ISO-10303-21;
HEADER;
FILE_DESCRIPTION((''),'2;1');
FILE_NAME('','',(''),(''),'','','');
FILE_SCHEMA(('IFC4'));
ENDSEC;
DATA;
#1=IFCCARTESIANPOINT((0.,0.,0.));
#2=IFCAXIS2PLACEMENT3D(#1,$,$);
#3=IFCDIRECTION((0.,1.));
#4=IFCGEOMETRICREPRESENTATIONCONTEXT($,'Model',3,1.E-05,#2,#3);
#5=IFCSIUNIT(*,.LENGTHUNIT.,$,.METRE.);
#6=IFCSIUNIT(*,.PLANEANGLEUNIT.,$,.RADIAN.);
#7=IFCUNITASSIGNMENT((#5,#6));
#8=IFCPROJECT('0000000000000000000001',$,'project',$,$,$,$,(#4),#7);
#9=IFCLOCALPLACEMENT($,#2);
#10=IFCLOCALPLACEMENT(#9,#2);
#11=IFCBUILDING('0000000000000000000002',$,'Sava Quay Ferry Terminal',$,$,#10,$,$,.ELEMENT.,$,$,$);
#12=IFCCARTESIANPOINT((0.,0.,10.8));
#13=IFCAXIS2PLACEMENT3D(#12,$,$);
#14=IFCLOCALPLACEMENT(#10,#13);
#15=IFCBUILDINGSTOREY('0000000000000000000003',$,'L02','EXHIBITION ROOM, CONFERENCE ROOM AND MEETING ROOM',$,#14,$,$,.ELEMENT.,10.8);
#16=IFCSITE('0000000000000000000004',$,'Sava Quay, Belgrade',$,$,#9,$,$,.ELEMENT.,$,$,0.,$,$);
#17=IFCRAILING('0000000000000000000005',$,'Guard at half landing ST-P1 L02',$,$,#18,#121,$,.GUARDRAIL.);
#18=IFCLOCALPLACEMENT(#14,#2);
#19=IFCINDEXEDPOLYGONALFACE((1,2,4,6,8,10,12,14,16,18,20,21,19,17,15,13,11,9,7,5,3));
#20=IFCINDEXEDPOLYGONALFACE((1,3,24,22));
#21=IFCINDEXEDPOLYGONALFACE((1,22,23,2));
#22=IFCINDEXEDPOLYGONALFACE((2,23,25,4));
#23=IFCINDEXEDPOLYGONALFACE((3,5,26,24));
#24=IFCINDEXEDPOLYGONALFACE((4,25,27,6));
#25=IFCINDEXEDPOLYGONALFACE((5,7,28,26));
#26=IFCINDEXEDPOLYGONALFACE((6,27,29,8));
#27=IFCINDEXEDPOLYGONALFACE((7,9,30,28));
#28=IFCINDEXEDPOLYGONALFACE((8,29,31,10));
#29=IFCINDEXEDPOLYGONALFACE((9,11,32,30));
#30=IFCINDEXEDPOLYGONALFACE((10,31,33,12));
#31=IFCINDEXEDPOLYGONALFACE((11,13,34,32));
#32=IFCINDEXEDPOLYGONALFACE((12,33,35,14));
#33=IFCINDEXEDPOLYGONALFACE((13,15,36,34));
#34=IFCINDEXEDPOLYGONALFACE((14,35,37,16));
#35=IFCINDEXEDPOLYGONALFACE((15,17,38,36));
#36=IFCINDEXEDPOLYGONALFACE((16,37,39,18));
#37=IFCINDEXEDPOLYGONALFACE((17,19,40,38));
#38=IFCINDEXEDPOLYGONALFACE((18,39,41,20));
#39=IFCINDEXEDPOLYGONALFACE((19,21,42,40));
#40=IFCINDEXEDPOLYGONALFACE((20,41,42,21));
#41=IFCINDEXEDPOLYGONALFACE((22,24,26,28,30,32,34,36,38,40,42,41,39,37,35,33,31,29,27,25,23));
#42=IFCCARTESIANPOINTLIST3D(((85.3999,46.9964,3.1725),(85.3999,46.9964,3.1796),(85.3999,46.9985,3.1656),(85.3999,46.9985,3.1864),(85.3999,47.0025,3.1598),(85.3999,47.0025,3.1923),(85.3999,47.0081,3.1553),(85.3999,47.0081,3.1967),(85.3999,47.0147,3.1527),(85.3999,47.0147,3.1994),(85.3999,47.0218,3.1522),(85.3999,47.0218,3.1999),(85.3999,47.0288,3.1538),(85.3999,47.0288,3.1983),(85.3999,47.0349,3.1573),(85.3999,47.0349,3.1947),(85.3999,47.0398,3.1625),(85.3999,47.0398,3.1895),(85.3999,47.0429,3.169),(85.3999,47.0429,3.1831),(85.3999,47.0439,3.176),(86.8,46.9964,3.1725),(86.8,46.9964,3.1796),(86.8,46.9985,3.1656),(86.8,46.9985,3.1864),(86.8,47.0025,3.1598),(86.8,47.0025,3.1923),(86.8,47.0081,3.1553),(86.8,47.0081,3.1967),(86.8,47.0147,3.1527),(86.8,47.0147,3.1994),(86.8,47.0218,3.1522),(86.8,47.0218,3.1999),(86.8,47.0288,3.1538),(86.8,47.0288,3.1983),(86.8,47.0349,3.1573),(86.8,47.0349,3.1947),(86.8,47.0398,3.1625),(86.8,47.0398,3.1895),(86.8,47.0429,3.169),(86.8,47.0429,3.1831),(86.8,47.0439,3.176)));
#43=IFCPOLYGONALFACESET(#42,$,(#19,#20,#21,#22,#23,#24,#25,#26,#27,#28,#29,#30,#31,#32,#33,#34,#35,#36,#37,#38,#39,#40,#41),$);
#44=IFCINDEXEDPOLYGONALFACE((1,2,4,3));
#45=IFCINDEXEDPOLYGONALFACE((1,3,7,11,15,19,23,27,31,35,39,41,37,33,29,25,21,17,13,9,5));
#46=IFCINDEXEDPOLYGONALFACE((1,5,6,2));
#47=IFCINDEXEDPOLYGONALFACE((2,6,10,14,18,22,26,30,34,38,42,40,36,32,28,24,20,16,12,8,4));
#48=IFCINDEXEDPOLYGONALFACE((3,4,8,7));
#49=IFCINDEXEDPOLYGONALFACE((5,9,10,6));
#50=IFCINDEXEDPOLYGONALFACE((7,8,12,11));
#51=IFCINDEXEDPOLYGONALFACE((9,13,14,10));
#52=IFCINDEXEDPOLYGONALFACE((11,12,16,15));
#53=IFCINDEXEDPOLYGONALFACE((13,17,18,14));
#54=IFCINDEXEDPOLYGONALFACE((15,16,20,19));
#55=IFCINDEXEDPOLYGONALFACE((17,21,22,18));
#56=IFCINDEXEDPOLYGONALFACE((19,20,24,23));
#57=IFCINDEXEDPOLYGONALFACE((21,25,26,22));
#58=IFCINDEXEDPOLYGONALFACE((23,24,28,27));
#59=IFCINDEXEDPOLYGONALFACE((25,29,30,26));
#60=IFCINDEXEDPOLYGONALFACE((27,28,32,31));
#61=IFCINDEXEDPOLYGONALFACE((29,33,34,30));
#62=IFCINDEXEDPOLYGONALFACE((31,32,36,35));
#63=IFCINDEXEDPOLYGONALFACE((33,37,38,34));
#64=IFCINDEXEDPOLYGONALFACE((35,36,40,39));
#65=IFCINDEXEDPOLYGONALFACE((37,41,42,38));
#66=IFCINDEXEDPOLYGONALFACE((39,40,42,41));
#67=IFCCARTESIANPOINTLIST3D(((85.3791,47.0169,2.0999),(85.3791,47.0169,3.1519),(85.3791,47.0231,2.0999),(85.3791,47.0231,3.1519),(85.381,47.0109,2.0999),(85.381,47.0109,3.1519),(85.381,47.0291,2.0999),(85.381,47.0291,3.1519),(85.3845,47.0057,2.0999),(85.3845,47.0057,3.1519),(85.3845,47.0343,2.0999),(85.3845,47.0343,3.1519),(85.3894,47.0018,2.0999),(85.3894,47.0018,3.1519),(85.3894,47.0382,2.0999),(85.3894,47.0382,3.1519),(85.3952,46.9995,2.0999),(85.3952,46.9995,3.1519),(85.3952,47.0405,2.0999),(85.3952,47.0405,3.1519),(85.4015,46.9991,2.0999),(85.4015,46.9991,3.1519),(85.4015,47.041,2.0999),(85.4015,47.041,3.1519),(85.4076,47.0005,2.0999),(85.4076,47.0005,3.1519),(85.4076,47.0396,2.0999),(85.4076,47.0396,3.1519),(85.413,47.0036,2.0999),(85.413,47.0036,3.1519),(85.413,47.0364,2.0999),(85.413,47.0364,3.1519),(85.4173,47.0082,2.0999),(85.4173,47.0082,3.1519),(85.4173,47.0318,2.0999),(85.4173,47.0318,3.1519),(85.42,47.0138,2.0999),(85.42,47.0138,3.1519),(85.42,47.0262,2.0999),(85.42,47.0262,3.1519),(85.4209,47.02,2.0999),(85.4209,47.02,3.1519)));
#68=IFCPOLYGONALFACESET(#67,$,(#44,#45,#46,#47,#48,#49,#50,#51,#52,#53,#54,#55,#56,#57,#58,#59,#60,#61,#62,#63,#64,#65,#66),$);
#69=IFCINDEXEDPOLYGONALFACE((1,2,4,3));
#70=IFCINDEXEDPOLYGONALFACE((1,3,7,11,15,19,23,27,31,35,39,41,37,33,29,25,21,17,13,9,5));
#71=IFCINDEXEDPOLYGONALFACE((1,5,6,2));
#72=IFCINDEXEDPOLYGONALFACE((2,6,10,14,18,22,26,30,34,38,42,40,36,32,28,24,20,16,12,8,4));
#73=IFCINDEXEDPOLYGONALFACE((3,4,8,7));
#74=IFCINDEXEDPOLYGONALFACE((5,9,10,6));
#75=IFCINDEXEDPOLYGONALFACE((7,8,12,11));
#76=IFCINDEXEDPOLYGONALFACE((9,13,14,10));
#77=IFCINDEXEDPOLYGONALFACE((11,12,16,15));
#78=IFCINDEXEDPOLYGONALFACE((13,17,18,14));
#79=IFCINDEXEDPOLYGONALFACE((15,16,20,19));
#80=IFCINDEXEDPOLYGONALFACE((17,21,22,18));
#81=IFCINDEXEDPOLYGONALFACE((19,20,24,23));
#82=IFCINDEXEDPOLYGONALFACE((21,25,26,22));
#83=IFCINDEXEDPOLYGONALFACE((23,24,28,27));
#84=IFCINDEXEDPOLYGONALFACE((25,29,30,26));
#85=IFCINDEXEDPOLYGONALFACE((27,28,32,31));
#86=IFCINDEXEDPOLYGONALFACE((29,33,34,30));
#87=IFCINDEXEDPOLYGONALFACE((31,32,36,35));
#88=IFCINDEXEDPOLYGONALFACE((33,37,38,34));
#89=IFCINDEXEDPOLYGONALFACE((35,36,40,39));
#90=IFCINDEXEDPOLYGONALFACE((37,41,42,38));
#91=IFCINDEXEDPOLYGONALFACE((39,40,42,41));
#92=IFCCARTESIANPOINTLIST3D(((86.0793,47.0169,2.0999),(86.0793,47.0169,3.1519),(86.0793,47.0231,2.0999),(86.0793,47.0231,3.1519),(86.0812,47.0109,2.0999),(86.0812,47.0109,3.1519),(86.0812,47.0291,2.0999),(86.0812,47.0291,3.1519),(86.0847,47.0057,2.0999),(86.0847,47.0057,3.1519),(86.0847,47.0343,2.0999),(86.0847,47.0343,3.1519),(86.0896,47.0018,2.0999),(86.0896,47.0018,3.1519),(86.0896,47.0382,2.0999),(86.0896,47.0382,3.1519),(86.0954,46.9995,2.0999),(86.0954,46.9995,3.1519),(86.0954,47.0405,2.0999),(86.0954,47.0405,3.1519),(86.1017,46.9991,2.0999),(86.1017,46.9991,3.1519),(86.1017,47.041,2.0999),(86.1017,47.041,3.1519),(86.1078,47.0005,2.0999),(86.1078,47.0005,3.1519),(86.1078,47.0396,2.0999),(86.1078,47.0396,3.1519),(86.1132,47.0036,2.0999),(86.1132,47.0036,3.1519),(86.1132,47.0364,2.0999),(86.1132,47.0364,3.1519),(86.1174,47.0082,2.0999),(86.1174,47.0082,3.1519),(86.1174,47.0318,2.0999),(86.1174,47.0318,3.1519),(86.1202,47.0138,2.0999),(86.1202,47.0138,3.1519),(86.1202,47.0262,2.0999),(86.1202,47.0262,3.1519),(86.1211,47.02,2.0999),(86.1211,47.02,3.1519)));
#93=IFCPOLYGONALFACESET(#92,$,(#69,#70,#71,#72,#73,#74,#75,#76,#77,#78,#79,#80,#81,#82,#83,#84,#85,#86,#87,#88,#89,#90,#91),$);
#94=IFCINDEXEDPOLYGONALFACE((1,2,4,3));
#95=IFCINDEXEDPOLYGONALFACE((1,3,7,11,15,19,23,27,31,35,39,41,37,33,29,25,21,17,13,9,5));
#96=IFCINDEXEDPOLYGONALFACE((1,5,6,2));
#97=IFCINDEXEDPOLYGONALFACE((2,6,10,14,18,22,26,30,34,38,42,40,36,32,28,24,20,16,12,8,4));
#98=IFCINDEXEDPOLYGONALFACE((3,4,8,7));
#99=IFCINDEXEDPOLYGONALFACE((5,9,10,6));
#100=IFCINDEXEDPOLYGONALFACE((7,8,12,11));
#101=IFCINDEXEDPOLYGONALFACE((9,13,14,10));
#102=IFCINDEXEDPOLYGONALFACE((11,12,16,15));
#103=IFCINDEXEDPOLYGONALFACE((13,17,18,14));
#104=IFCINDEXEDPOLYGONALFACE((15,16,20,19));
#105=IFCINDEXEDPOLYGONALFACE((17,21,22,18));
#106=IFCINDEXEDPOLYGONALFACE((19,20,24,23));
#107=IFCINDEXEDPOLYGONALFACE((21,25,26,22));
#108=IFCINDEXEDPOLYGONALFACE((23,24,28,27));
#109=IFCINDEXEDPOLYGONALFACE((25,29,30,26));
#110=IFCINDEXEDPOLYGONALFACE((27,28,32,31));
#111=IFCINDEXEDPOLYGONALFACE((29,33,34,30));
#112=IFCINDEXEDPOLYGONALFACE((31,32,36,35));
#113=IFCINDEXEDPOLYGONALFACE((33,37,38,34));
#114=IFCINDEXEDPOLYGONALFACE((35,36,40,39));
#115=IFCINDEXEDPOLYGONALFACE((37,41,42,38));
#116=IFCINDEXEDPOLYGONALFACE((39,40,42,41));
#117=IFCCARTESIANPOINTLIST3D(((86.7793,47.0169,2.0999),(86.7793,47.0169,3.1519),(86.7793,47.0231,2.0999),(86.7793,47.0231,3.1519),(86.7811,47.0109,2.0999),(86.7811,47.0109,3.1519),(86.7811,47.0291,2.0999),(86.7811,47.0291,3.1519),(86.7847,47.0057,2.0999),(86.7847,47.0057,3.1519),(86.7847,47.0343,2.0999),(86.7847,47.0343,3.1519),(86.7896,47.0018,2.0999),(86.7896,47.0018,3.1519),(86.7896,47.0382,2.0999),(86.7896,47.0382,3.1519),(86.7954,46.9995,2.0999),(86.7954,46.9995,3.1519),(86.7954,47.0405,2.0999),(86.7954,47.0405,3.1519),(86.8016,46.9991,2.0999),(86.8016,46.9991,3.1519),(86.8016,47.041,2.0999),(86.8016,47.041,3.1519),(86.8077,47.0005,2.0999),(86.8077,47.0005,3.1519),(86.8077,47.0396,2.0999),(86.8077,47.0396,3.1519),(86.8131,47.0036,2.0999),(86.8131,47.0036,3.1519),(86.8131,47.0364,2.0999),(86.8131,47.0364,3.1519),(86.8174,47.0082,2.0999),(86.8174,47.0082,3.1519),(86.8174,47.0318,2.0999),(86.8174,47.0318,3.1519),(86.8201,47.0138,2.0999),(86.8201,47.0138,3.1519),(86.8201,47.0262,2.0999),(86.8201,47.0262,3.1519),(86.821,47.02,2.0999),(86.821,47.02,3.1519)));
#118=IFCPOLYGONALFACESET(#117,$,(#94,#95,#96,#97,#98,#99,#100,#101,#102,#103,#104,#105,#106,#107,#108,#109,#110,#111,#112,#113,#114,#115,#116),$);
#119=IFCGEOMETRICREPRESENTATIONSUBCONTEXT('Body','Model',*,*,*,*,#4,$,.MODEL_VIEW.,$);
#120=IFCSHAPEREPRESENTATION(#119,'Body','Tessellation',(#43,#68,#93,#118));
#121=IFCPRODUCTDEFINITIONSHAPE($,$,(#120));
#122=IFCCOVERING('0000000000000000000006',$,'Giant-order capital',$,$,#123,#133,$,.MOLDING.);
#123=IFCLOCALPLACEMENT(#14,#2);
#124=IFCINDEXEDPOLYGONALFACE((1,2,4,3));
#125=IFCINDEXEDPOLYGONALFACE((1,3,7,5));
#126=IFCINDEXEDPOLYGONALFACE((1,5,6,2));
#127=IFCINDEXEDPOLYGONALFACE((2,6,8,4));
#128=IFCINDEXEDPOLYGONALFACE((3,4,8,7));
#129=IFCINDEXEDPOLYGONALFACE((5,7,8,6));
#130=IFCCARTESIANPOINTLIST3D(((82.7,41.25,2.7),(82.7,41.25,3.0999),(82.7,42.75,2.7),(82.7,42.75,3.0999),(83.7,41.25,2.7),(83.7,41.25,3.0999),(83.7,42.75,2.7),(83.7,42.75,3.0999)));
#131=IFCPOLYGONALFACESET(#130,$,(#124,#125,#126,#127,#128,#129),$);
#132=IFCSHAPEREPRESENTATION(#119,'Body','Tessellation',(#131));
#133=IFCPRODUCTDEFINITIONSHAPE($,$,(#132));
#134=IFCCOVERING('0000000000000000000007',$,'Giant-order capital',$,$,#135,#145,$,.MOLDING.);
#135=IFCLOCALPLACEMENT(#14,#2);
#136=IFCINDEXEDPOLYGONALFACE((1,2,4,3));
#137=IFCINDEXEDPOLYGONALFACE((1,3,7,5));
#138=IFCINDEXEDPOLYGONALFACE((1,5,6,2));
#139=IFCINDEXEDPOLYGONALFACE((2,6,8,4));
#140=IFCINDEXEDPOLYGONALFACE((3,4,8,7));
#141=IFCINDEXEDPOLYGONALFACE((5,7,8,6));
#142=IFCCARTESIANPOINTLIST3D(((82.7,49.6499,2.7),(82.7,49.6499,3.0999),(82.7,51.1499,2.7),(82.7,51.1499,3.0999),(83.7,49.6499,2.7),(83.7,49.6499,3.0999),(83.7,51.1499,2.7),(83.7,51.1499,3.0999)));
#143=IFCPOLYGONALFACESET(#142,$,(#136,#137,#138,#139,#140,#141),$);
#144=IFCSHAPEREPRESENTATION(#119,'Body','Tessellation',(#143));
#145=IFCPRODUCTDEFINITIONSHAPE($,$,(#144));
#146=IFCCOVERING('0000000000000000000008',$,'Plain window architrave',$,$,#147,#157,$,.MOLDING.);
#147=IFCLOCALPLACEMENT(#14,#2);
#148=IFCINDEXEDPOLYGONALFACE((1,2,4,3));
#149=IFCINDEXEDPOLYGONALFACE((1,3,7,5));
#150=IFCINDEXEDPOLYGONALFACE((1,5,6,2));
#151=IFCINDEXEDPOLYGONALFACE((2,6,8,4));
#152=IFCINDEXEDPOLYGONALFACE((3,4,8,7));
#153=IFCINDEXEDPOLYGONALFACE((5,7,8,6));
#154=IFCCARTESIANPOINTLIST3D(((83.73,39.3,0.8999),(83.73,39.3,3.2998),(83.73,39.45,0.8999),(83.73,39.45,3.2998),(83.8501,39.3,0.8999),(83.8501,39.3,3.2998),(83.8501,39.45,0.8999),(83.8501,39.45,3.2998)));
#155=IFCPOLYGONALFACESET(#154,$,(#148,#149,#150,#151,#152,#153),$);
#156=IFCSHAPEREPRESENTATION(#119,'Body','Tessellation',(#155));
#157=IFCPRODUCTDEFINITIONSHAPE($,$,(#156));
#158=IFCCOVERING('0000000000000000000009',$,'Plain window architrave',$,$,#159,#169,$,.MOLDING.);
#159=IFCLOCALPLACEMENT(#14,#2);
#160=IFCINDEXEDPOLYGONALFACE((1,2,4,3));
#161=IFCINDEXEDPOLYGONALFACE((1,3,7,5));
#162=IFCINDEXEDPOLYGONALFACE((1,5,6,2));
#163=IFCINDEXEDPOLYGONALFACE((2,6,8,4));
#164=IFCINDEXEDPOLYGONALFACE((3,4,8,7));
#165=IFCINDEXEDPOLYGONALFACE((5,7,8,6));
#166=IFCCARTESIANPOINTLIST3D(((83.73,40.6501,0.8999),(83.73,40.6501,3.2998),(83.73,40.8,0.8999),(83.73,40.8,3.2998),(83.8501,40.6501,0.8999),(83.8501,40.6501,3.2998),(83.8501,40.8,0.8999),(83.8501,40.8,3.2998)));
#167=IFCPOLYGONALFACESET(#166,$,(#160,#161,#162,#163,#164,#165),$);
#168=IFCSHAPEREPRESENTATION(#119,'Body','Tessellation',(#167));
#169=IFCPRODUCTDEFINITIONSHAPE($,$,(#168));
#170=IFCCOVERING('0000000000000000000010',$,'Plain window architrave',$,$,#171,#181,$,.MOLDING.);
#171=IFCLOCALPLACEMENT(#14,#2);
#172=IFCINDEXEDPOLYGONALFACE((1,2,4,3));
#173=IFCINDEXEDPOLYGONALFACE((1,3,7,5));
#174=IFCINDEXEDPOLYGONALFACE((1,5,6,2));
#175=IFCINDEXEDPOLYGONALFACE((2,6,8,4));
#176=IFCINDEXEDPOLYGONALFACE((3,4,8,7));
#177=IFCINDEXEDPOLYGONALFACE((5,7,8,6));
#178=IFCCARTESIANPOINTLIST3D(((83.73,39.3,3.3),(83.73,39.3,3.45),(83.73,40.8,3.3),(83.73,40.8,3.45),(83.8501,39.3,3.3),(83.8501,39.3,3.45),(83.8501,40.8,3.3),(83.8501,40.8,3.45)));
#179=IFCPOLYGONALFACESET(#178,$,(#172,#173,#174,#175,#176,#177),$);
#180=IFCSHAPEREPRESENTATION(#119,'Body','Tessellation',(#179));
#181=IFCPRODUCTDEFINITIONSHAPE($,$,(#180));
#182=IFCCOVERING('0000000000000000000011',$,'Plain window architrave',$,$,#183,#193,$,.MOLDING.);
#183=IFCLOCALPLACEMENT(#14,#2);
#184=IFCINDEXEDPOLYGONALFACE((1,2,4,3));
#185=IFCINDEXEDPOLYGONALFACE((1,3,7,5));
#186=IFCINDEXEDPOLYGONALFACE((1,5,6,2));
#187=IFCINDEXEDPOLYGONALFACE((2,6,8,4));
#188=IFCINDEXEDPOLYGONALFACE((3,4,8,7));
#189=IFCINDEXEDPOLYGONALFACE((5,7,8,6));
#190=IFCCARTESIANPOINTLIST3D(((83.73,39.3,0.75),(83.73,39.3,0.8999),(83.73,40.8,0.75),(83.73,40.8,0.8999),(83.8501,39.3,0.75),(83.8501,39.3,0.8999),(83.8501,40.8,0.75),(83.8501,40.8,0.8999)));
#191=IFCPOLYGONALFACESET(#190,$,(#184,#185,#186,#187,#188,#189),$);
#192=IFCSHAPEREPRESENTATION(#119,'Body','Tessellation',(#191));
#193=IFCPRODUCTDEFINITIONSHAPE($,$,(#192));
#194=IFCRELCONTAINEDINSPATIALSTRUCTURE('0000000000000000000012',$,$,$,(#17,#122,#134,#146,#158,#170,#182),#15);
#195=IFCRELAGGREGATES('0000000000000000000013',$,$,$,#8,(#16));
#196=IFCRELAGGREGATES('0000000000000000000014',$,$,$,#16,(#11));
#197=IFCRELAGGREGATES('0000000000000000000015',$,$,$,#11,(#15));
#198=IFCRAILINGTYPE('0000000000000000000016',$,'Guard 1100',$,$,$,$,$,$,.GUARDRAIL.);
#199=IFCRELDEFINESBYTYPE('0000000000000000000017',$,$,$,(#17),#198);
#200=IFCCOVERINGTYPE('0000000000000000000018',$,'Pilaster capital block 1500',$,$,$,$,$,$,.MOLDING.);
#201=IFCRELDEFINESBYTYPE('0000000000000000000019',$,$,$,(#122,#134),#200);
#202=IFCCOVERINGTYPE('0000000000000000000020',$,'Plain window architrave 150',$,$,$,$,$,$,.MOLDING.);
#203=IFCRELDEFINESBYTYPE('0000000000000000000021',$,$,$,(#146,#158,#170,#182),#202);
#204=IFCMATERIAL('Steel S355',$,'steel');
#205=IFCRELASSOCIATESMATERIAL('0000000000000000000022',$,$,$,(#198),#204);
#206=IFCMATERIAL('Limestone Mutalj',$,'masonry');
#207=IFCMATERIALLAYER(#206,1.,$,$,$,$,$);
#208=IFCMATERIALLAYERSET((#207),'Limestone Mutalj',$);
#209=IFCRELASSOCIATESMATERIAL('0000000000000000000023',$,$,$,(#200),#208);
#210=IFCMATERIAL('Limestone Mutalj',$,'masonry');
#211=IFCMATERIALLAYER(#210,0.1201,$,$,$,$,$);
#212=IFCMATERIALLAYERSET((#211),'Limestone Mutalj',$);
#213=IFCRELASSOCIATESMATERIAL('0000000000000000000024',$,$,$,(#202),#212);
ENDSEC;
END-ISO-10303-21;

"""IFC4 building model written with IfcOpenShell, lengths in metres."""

from ifc_helpers import new_model, si_unit, direction, frame, origin, origin_2d, place, context, subcontext, project, spatial, rectangle, circle, extrude, material, layer, layer_set, type_object, element, save


model = new_model("IFC4")

# Units and contexts
model_context = context("Model", 3, precision=1e-05, world=origin(), true_north=direction((0.0, 1.0)))
body_context = subcontext(model_context, "Body", "Model", "MODEL_VIEW")
ifc_project = project(units=[si_unit("LENGTHUNIT", "METRE"), si_unit("PLANEANGLEUNIT", "RADIAN")], contexts=[model_context])

# Site, building, storey
site_placement = place(None, origin())
site = spatial("IfcSite", under=ifc_project, at=site_placement, Name="Sava Quay, Belgrade", CompositionType="ELEMENT", RefElevation=0.0)
building_placement = place(site_placement, origin())
building = spatial("IfcBuilding", under=site, at=building_placement, Name="Sava Quay Ferry Terminal", CompositionType="ELEMENT")
storey_placement = place(building_placement, frame((0.0, 0.0, 10.8)))
storey = spatial("IfcBuildingStorey", under=building, at=storey_placement, Name="L02", Description="EXHIBITION ROOM, CONFERENCE ROOM AND MEETING ROOM", CompositionType="ELEMENT", Elevation=10.8)

# Railing
ifc_material_1 = material(Name="Steel S355", Category="steel")
railing_type_1 = type_object("IfcRailingType", Name="Guard 1100", PredefinedType="GUARDRAIL", material=ifc_material_1)
railing_1_placement = place(storey_placement, frame((85.3999, 47.02, 2.0999)))
element("IfcRailing", 1, at=railing_1_placement, inside=storey, type_object=railing_type_1, Name="Guard at half landing ST-P1 L02", PredefinedType="GUARDRAIL", context=body_context, shape_type="SweptSolid", body=[
    extrude(circle(Radius=0.0239, at=origin_2d()), frame((0.0, 0.0, 1.0762), z_axis=(1.0, 0.0, 0.0), x_axis=(0.0, 1.0, 0.0)), (0.0, 0.0, 1.0), 1.4001),
    extrude(circle(Radius=0.021, at=origin_2d()), origin(), (0.0, 0.0, 1.0), 1.052),
    extrude(circle(Radius=0.021, at=origin_2d()), frame((0.7002, 0.0, 0.0)), (0.0, 0.0, 1.0), 1.052),
    extrude(circle(Radius=0.021, at=origin_2d()), frame((1.4001, 0.0, 0.0)), (0.0, 0.0, 1.0), 1.052),
])

# Coverings
ifc_material_2 = material(Name="Limestone Mutalj", Category="masonry")
ifc_layer_1 = layer(ifc_material_2, 1.0)
ifc_layer_set_1 = layer_set([ifc_layer_1], Name="Limestone Mutalj")
covering_type_1 = type_object("IfcCoveringType", Name="Pilaster capital block 1500", PredefinedType="MOLDING", material=ifc_layer_set_1)
for number, where, z_axis, x_axis, name in (
    (2, (83.2, 42.0, 2.7), (0.0, 0.0, 1.0), (1.0, 0.0, 0.0), "Giant-order capital"),
    (3, (83.2, 50.3999, 2.7), (0.0, 0.0, 1.0), (1.0, 0.0, 0.0), "Giant-order capital"),
):
    element("IfcCovering", number, at=place(storey_placement, frame(where, z_axis=z_axis, x_axis=x_axis)), inside=storey, type_object=covering_type_1, Name=name, PredefinedType="MOLDING", context=body_context, shape_type="SweptSolid", body=[
        extrude(rectangle(XDim=1.0, YDim=1.5, at=origin_2d()), origin(), (0.0, 0.0, 1.0), 0.3999),
    ])
ifc_material_3 = material(Name="Limestone Mutalj", Category="masonry")
ifc_layer_2 = layer(ifc_material_3, 0.1201)
ifc_layer_set_2 = layer_set([ifc_layer_2], Name="Limestone Mutalj")
covering_type_2 = type_object("IfcCoveringType", Name="Plain window architrave 150", PredefinedType="MOLDING", material=ifc_layer_set_2)
for number, where, z_axis, x_axis, name in (
    (4, (83.79, 39.375, 0.8999), (0.0, 0.0, 1.0), (1.0, 0.0, 0.0), "Plain window architrave"),
    (5, (83.79, 40.7251, 0.8999), (0.0, 0.0, 1.0), (1.0, 0.0, 0.0), "Plain window architrave"),
):
    element("IfcCovering", number, at=place(storey_placement, frame(where, z_axis=z_axis, x_axis=x_axis)), inside=storey, type_object=covering_type_2, Name=name, PredefinedType="MOLDING", context=body_context, shape_type="SweptSolid", body=[
        extrude(rectangle(XDim=0.1201, YDim=0.1499, at=origin_2d()), origin(), (0.0, 0.0, 1.0), 2.3999),
    ])
for number, where, z_axis, x_axis, name in (
    (6, (83.79, 40.05, 3.3), (0.0, 0.0, 1.0), (1.0, 0.0, 0.0), "Plain window architrave"),
    (7, (83.79, 40.05, 0.75), (0.0, 0.0, 1.0), (1.0, 0.0, 0.0), "Plain window architrave"),
):
    element("IfcCovering", number, at=place(storey_placement, frame(where, z_axis=z_axis, x_axis=x_axis)), inside=storey, type_object=covering_type_2, Name=name, PredefinedType="MOLDING", context=body_context, shape_type="SweptSolid", body=[
        extrude(rectangle(XDim=0.1201, YDim=1.5, at=origin_2d()), origin(), (0.0, 0.0, 1.0), 0.1499),
    ])

save(model, "model.ifc")
